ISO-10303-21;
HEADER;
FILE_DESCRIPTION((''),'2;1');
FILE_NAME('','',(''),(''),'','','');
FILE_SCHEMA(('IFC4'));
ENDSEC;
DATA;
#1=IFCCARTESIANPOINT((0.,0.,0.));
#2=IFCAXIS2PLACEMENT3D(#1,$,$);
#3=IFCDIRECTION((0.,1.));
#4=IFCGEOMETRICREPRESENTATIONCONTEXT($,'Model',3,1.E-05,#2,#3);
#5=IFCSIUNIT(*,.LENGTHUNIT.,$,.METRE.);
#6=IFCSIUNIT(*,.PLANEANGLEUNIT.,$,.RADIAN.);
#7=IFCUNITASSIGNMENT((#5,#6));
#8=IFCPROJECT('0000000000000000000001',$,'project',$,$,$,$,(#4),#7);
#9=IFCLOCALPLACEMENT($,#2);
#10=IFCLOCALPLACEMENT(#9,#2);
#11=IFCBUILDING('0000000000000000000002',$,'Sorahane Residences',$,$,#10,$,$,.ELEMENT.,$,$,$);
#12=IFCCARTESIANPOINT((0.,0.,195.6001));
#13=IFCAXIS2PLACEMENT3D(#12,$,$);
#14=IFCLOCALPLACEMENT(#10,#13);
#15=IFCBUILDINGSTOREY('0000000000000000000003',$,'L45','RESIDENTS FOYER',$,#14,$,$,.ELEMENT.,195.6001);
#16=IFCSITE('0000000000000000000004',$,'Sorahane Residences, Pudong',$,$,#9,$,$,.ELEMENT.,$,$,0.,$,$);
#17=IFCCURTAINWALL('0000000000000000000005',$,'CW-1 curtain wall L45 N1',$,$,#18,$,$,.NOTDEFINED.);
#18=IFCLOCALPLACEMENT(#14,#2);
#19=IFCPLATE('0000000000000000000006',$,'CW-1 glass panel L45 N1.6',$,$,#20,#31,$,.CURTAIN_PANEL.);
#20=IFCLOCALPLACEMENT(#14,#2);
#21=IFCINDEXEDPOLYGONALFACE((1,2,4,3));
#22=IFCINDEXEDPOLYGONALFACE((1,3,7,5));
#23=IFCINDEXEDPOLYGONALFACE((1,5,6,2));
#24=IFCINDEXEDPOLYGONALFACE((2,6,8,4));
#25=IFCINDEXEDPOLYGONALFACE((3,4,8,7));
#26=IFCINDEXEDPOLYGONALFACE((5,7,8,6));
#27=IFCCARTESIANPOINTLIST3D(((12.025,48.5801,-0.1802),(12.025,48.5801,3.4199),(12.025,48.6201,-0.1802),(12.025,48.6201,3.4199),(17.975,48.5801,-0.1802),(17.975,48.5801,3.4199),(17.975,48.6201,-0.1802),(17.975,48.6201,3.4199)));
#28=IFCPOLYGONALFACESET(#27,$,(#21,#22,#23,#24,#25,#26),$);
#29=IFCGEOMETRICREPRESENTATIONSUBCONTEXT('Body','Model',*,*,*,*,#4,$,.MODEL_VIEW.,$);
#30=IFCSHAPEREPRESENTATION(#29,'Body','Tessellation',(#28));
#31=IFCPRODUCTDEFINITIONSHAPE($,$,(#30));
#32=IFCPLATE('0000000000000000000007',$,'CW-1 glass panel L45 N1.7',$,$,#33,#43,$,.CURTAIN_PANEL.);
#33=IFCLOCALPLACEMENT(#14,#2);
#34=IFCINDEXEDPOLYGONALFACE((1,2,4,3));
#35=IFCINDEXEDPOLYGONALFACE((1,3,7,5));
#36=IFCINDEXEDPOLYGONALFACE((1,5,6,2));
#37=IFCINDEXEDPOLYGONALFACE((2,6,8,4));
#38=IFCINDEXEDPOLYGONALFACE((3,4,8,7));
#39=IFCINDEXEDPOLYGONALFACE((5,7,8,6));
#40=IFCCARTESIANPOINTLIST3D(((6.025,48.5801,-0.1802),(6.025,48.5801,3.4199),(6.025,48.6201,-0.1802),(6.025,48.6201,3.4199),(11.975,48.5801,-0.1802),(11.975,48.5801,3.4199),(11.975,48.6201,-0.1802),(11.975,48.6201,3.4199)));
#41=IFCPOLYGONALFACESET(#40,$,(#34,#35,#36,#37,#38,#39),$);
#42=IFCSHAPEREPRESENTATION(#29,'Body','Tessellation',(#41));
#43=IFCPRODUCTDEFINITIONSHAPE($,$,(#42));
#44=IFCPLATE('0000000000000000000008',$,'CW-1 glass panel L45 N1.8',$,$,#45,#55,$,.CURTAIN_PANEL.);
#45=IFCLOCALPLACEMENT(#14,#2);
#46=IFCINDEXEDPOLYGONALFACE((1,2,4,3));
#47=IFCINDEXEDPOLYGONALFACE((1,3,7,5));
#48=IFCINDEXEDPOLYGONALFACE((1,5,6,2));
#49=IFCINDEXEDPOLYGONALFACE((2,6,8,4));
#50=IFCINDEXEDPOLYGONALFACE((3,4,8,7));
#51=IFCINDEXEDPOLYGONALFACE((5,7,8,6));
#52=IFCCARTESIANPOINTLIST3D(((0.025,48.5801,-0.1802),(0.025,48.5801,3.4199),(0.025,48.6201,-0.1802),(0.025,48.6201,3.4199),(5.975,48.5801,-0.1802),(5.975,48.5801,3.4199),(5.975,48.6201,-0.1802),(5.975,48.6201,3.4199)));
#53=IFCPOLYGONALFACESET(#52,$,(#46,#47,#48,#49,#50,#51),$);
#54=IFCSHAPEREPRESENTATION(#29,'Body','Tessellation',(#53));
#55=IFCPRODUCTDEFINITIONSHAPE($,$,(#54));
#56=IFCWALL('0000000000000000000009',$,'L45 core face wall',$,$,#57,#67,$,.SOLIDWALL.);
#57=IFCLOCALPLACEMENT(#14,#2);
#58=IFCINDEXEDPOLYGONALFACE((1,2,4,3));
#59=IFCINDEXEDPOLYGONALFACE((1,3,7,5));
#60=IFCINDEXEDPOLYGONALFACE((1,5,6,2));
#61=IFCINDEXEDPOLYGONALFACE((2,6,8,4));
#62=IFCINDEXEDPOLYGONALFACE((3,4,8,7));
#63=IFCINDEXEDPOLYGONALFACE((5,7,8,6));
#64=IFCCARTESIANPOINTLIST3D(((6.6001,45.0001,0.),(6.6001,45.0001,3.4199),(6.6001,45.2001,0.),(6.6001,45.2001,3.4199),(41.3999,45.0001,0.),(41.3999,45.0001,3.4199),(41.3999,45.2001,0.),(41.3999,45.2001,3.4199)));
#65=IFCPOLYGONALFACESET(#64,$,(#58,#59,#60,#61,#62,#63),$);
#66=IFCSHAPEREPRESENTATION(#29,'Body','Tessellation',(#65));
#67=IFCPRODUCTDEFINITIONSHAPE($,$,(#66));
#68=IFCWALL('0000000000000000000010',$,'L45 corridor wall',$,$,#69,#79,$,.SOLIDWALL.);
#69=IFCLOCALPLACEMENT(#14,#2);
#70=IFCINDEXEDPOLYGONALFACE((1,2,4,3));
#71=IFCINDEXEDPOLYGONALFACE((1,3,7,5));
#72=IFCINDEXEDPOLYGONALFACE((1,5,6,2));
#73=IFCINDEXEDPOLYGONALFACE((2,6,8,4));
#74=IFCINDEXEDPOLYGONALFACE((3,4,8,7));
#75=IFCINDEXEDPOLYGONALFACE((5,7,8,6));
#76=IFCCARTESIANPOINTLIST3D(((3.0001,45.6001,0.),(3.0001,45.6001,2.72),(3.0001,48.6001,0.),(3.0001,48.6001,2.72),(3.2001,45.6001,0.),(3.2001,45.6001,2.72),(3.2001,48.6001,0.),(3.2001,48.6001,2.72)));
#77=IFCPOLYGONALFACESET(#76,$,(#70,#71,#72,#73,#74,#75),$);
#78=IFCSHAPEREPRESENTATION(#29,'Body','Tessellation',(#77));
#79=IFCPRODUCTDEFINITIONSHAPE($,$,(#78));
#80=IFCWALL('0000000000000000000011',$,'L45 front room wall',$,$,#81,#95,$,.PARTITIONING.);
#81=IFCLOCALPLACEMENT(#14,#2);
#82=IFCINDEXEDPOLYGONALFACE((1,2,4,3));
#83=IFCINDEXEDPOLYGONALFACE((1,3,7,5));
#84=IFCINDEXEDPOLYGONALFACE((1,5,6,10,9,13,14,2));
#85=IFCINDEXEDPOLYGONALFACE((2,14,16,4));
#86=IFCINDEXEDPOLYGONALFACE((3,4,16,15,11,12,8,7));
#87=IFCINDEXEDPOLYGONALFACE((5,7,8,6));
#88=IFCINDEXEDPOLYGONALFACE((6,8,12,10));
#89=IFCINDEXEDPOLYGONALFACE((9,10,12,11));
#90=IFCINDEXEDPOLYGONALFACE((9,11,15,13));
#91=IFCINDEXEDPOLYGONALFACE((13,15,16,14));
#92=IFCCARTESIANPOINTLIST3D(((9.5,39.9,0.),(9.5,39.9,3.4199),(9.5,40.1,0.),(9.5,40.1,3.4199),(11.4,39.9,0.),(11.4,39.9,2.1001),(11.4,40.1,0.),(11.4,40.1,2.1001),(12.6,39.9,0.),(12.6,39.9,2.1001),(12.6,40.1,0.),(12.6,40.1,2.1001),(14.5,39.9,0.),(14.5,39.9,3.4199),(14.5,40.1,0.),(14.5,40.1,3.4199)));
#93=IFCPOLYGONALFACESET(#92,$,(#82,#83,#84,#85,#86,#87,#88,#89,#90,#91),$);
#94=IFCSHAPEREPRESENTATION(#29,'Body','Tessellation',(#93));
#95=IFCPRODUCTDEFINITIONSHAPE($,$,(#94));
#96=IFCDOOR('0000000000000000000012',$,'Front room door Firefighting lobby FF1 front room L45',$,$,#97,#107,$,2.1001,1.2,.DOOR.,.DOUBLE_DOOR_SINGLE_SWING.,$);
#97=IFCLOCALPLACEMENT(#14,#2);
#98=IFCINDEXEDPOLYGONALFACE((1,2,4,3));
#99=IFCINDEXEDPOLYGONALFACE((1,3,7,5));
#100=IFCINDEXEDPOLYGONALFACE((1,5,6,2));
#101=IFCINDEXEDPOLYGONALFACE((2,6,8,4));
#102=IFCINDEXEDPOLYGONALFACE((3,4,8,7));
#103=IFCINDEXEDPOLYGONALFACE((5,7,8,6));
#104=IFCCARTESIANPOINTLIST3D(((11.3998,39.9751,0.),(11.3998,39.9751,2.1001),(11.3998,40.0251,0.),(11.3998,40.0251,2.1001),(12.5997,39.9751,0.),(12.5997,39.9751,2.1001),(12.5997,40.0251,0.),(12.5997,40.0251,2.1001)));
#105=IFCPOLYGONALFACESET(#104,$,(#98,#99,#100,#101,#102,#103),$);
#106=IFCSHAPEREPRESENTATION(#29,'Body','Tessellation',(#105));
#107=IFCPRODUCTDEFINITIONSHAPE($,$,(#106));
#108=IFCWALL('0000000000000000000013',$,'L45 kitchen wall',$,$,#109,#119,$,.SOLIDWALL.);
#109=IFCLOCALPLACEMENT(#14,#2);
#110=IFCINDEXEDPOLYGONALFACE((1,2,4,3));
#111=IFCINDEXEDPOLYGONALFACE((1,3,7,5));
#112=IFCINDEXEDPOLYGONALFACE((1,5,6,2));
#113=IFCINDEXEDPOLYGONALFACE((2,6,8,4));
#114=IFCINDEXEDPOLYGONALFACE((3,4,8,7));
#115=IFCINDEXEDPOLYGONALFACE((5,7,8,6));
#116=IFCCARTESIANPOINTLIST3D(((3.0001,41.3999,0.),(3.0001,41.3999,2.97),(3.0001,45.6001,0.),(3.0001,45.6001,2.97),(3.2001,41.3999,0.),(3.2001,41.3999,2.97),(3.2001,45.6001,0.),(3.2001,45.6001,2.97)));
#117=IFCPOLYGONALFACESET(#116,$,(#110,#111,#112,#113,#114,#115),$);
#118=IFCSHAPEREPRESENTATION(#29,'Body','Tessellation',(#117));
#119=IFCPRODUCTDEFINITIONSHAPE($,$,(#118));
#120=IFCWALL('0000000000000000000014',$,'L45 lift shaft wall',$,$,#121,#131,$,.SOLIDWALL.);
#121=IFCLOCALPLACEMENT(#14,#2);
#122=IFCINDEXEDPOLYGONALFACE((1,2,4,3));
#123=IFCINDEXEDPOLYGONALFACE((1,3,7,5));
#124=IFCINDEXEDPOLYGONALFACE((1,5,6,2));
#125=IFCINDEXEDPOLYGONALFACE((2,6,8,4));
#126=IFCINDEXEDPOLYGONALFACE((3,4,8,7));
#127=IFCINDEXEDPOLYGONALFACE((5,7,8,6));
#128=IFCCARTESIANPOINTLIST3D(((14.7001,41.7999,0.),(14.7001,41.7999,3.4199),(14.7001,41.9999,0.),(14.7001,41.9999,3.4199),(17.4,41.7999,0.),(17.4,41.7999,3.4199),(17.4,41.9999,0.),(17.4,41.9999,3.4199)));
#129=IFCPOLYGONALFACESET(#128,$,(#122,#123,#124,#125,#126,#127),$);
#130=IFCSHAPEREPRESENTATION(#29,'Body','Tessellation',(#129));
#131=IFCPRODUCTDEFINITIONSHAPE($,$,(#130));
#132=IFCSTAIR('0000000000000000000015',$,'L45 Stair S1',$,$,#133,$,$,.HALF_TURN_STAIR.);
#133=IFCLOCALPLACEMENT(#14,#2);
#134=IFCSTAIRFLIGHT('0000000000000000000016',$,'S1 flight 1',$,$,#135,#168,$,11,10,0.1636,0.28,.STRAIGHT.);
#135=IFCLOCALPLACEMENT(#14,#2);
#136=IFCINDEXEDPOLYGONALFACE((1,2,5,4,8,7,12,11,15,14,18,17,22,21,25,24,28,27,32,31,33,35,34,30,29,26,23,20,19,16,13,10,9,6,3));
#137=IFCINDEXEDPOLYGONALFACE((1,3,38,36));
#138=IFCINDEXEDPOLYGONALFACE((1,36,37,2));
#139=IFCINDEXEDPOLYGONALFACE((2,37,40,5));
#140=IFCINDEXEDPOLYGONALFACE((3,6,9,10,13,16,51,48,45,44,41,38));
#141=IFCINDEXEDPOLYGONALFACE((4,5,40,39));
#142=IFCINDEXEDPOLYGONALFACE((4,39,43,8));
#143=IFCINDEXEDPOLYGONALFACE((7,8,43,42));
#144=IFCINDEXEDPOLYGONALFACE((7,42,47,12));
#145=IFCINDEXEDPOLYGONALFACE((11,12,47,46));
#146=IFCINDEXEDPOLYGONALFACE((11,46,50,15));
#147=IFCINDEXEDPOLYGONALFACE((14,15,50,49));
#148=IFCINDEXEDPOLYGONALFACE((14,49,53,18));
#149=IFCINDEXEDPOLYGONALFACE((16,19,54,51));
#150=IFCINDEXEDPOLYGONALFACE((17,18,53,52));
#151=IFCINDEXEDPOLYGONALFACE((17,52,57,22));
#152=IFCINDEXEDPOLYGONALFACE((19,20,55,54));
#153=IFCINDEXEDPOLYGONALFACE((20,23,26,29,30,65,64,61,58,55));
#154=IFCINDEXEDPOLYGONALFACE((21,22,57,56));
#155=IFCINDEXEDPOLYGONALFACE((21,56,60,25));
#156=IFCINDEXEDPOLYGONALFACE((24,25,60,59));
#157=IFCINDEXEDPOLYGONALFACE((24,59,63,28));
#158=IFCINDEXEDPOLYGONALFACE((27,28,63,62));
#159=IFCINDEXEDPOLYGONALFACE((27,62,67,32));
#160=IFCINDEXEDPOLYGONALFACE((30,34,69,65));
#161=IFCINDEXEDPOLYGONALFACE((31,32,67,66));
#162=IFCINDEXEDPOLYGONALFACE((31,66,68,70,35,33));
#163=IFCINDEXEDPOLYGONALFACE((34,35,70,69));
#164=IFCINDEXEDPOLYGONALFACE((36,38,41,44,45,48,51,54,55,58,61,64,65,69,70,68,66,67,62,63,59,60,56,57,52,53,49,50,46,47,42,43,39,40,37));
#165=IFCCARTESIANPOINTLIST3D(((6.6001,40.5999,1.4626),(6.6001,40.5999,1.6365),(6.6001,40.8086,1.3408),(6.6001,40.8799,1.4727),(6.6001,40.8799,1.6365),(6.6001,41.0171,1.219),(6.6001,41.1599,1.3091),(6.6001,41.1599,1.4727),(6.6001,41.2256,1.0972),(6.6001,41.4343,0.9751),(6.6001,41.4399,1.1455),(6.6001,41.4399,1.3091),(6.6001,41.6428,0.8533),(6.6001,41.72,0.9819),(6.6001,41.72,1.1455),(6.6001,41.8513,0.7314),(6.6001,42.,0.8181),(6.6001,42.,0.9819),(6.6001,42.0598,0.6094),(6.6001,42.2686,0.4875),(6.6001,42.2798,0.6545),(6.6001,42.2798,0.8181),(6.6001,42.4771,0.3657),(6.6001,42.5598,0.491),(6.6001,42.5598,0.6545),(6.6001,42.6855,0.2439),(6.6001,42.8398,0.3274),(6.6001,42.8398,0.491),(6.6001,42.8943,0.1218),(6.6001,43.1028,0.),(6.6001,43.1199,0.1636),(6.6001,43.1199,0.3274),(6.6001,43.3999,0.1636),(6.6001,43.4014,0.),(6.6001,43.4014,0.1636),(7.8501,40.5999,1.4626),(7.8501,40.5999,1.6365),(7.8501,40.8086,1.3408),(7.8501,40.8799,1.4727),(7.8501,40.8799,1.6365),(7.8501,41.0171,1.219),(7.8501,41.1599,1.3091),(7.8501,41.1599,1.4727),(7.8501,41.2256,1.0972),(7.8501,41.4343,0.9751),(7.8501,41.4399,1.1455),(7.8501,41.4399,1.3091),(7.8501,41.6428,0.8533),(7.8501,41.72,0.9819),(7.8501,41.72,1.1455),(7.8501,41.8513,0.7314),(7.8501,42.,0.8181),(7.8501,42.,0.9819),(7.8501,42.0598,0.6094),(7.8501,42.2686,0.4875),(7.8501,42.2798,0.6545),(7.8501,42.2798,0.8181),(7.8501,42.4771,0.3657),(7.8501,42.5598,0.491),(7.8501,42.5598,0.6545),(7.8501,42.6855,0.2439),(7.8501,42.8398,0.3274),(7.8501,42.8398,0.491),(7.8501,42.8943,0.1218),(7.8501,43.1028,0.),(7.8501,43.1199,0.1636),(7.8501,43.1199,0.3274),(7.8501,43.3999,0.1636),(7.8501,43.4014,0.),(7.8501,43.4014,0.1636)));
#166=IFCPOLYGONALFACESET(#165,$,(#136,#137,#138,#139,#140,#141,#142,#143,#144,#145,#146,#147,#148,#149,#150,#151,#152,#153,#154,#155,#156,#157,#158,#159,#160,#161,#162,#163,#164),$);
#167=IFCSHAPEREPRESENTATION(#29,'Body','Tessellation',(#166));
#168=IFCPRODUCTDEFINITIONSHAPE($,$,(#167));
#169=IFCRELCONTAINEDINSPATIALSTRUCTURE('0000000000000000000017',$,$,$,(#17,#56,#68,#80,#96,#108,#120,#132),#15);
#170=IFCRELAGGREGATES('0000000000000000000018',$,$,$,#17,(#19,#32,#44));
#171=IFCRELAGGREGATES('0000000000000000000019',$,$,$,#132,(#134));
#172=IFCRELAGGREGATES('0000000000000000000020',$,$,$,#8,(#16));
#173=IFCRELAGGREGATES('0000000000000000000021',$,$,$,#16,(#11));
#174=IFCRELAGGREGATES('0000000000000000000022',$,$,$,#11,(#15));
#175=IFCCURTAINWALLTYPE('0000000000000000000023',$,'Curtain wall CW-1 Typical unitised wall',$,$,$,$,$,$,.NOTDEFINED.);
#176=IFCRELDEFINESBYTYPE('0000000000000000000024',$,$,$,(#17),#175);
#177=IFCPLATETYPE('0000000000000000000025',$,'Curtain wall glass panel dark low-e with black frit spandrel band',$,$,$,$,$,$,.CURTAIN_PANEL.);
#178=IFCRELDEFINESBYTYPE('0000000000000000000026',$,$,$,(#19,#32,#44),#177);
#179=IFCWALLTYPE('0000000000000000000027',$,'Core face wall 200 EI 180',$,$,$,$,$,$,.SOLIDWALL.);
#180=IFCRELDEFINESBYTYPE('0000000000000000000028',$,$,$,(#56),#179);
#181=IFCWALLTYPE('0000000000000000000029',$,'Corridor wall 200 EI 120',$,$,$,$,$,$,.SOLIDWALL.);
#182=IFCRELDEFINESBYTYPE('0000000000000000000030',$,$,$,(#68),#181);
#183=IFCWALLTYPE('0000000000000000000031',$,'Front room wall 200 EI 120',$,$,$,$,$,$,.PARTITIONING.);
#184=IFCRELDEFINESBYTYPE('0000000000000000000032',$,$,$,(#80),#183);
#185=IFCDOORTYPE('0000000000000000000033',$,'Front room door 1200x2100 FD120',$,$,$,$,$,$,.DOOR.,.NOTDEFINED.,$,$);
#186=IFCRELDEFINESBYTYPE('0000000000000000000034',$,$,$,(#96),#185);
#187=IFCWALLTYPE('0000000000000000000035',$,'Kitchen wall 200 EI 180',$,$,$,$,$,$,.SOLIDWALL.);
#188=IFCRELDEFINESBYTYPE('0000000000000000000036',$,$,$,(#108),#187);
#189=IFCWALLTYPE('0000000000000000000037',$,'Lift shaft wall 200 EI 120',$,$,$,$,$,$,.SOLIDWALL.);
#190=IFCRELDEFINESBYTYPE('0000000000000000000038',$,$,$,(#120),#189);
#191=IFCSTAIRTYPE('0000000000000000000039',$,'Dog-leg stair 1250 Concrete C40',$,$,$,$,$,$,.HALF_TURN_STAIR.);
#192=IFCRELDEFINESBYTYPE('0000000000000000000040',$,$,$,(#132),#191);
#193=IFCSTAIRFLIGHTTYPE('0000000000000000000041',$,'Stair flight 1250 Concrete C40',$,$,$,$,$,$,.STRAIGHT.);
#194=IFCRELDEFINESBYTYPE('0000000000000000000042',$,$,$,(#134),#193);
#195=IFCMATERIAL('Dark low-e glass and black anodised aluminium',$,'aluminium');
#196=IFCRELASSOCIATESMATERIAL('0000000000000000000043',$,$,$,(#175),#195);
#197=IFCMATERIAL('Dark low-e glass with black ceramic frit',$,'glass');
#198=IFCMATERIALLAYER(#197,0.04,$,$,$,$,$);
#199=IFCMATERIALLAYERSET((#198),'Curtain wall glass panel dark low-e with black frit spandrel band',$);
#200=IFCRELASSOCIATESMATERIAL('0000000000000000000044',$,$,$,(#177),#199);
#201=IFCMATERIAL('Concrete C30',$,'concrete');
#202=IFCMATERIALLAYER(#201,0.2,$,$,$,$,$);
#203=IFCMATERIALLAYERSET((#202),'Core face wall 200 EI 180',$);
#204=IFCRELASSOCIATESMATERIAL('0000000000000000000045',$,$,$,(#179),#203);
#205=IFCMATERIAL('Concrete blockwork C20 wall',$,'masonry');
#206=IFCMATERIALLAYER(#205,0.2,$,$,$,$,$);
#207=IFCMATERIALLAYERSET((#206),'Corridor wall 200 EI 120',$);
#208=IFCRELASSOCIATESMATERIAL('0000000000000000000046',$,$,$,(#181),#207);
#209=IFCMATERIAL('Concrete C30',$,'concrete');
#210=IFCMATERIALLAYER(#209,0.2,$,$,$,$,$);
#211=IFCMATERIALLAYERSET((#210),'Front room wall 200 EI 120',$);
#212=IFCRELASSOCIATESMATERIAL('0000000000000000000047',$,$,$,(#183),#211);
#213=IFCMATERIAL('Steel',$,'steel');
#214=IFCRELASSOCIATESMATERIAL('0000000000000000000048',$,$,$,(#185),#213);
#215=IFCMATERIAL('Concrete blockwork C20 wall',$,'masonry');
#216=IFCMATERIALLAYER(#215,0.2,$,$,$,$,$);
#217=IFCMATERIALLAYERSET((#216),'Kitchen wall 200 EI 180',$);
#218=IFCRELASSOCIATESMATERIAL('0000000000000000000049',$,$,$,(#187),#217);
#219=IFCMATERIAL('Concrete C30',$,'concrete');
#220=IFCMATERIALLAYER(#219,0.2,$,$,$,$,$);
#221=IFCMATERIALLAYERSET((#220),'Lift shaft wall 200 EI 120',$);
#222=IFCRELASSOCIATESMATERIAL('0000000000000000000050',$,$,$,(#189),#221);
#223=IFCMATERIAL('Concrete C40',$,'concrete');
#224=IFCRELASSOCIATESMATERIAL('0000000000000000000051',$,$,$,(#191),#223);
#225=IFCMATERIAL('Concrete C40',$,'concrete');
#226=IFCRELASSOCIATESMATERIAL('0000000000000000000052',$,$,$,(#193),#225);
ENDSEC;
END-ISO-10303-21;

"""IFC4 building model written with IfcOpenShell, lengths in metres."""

from ifc_helpers import new_model, si_unit, direction, frame, frame_2d, origin, origin_2d, place, context, subcontext, project, spatial, polyline, rectangle, outline, extrude, material, layer, layer_set, type_object, element, fill, aggregate, save


model = new_model("IFC4")

# Units and contexts
model_context = context("Model", 3, precision=1e-05, world=origin(), true_north=direction((0.0, 1.0)))
body_context = subcontext(model_context, "Body", "Model", "MODEL_VIEW")
ifc_project = project(units=[si_unit("LENGTHUNIT", "METRE"), si_unit("PLANEANGLEUNIT", "RADIAN")], contexts=[model_context])

# Site, building, storey
site_placement = place(None, origin())
site = spatial("IfcSite", under=ifc_project, at=site_placement, Name="Sorahane Residences, Pudong", CompositionType="ELEMENT", RefElevation=0.0)
building_placement = place(site_placement, origin())
building = spatial("IfcBuilding", under=site, at=building_placement, Name="Sorahane Residences", CompositionType="ELEMENT")
storey_placement = place(building_placement, frame((0.0, 0.0, 195.6001)))
storey = spatial("IfcBuildingStorey", under=building, at=storey_placement, Name="L45", Description="RESIDENTS FOYER", CompositionType="ELEMENT", Elevation=195.6001)

# Curtain wall
ifc_material_1 = material(Name="Dark low-e glass and black anodised aluminium", Category="aluminium")
curtain_wall_type = type_object("IfcCurtainWallType", Name="Curtain wall CW-1 Typical unitised wall", PredefinedType="NOTDEFINED", material=ifc_material_1)
curtain_wall_placement = place(storey_placement, origin())
curtain_wall = element("IfcCurtainWall", 1, at=curtain_wall_placement, inside=storey, type_object=curtain_wall_type, Name="CW-1 curtain wall L45 N1", PredefinedType="NOTDEFINED")

# Plates
ifc_material_2 = material(Name="Dark low-e glass with black ceramic frit", Category="glass")
ifc_layer_1 = layer(ifc_material_2, 0.04)
ifc_layer_set_1 = layer_set([ifc_layer_1], Name="Curtain wall glass panel dark low-e with black frit spandrel band")
plate_type = type_object("IfcPlateType", Name="Curtain wall glass panel dark low-e with black frit spandrel band", PredefinedType="CURTAIN_PANEL", material=ifc_layer_set_1)
plate_1_placement = place(storey_placement, frame((15.0, 48.6001, -0.1802), z_axis=(0.0, 0.0, 1.0), x_axis=(-1.0, 0.0, 0.0)))
plate_1 = element("IfcPlate", 2, at=plate_1_placement, type_object=plate_type, Name="CW-1 glass panel L45 N1.6", PredefinedType="CURTAIN_PANEL", context=body_context, shape_type="SweptSolid", body=[
    extrude(rectangle(XDim=5.95, YDim=0.04, at=origin_2d()), origin(), (0.0, 0.0, 1.0), 3.6001),
])
plate_2_placement = place(storey_placement, frame((9.0, 48.6001, -0.1802), z_axis=(0.0, 0.0, 1.0), x_axis=(-1.0, 0.0, 0.0)))
plate_2 = element("IfcPlate", 3, at=plate_2_placement, type_object=plate_type, Name="CW-1 glass panel L45 N1.7", PredefinedType="CURTAIN_PANEL", context=body_context, shape_type="SweptSolid", body=[
    extrude(rectangle(XDim=5.95, YDim=0.04, at=origin_2d()), origin(), (0.0, 0.0, 1.0), 3.6001),
])
plate_3_placement = place(storey_placement, frame((3.0, 48.6001, -0.1802), z_axis=(0.0, 0.0, 1.0), x_axis=(-1.0, 0.0, 0.0)))
plate_3 = element("IfcPlate", 4, at=plate_3_placement, type_object=plate_type, Name="CW-1 glass panel L45 N1.8", PredefinedType="CURTAIN_PANEL", context=body_context, shape_type="SweptSolid", body=[
    extrude(rectangle(XDim=5.95, YDim=0.04, at=origin_2d()), origin(), (0.0, 0.0, 1.0), 3.6001),
])
aggregate(curtain_wall, [plate_1, plate_2, plate_3])

# Walls
ifc_material_3 = material(Name="Concrete C30", Category="concrete")
ifc_layer_2 = layer(ifc_material_3, 0.2)
ifc_layer_set_2 = layer_set([ifc_layer_2], Name="Core face wall 200 EI 180")
wall_type_1 = type_object("IfcWallType", Name="Core face wall 200 EI 180", PredefinedType="SOLIDWALL", material=ifc_layer_set_2)
wall_1_placement = place(storey_placement, frame((6.6001, 45.1001, 0.0), z_axis=(0.0, 0.0, 1.0), x_axis=(1.0, 0.0, 0.0)))
element("IfcWall", 5, at=wall_1_placement, inside=storey, type_object=wall_type_1, Name="L45 core face wall", PredefinedType="SOLIDWALL", context=body_context, shape_type="SweptSolid", body=[
    extrude(rectangle(XDim=34.7998, YDim=0.2, at=frame_2d((17.3999, 0.0))), origin(), (0.0, 0.0, 1.0), 3.4199),
])
ifc_material_4 = material(Name="Concrete blockwork C20 wall", Category="masonry")
ifc_layer_3 = layer(ifc_material_4, 0.2)
ifc_layer_set_3 = layer_set([ifc_layer_3], Name="Corridor wall 200 EI 120")
wall_type_2 = type_object("IfcWallType", Name="Corridor wall 200 EI 120", PredefinedType="SOLIDWALL", material=ifc_layer_set_3)
wall_2_placement = place(storey_placement, frame((3.1001, 45.6001, 0.0), z_axis=(0.0, 0.0, 1.0), x_axis=(0.0, 1.0, 0.0)))
element("IfcWall", 6, at=wall_2_placement, inside=storey, type_object=wall_type_2, Name="L45 corridor wall", PredefinedType="SOLIDWALL", context=body_context, shape_type="SweptSolid", body=[
    extrude(rectangle(XDim=3.0, YDim=0.2, at=frame_2d((1.5, 0.0))), origin(), (0.0, 0.0, 1.0), 2.72),
])

# Wall, opening, door
ifc_material_5 = material(Name="Concrete C30", Category="concrete")
ifc_layer_4 = layer(ifc_material_5, 0.2)
ifc_layer_set_4 = layer_set([ifc_layer_4], Name="Front room wall 200 EI 120")
wall_type_3 = type_object("IfcWallType", Name="Front room wall 200 EI 120", PredefinedType="PARTITIONING", material=ifc_layer_set_4)
wall_3_placement = place(storey_placement, frame((9.5, 40.0, 0.0), z_axis=(0.0, 0.0, 1.0), x_axis=(1.0, 0.0, 0.0)))
wall_3 = element("IfcWall", 7, at=wall_3_placement, inside=storey, type_object=wall_type_3, Name="L45 front room wall", PredefinedType="PARTITIONING", context=body_context, shape_type="SweptSolid", body=[
    extrude(rectangle(XDim=5.0, YDim=0.2, at=frame_2d((2.5, 0.0))), origin(), (0.0, 0.0, 1.0), 3.4199),
])
opening_placement = place(wall_3_placement, frame((1.8999, 0.0, 0.0)))
opening = element("IfcOpeningElement", 8, at=opening_placement, cuts=wall_3, PredefinedType="OPENING", context=body_context, shape_type="SweptSolid", body=[
    extrude(rectangle(XDim=1.2, YDim=2.1001, at=frame_2d((0.6001, 1.05))), frame((0.0, 0.1099, 0.0), z_axis=(0.0, -1.0, 0.0), x_axis=(1.0, 0.0, 0.0)), (0.0, 0.0, 1.0), 0.22),
])
ifc_material_6 = material(Name="Steel", Category="steel")
door_type = type_object("IfcDoorType", Name="Front room door 1200x2100 FD120", OperationType="NOTDEFINED", PredefinedType="DOOR", material=ifc_material_6)
door_placement = place(opening_placement, frame((1.2, 0.0, 0.0), z_axis=(0.0, 0.0, 1.0), x_axis=(-1.0, 0.0, 0.0)))
door = element("IfcDoor", 9, at=door_placement, inside=storey, type_object=door_type, Name="Front room door Firefighting lobby FF1 front room L45", OperationType="DOUBLE_DOOR_SINGLE_SWING", OverallHeight=2.1001, OverallWidth=1.2, PredefinedType="DOOR", context=body_context, shape_type="SweptSolid", body=[
    extrude(rectangle(XDim=1.2, YDim=2.1001, at=frame_2d((0.6001, 1.05))), frame((0.0, 0.0249, 0.0), z_axis=(0.0, -1.0, 0.0), x_axis=(1.0, 0.0, 0.0)), (0.0, 0.0, 1.0), 0.05),
])
fill(opening, door)

# Walls
ifc_material_7 = material(Name="Concrete blockwork C20 wall", Category="masonry")
ifc_layer_5 = layer(ifc_material_7, 0.2)
ifc_layer_set_5 = layer_set([ifc_layer_5], Name="Kitchen wall 200 EI 180")
wall_type_4 = type_object("IfcWallType", Name="Kitchen wall 200 EI 180", PredefinedType="SOLIDWALL", material=ifc_layer_set_5)
wall_4_placement = place(storey_placement, frame((3.1001, 41.3999, 0.0), z_axis=(0.0, 0.0, 1.0), x_axis=(0.0, 1.0, 0.0)))
element("IfcWall", 10, at=wall_4_placement, inside=storey, type_object=wall_type_4, Name="L45 kitchen wall", PredefinedType="SOLIDWALL", context=body_context, shape_type="SweptSolid", body=[
    extrude(rectangle(XDim=4.2002, YDim=0.2, at=frame_2d((2.1001, 0.0))), origin(), (0.0, 0.0, 1.0), 2.97),
])
ifc_material_8 = material(Name="Concrete C30", Category="concrete")
ifc_layer_6 = layer(ifc_material_8, 0.2)
ifc_layer_set_6 = layer_set([ifc_layer_6], Name="Lift shaft wall 200 EI 120")
wall_type_5 = type_object("IfcWallType", Name="Lift shaft wall 200 EI 120", PredefinedType="SOLIDWALL", material=ifc_layer_set_6)
wall_5_placement = place(storey_placement, frame((14.7, 41.8999, 0.0), z_axis=(0.0, 0.0, 1.0), x_axis=(1.0, 0.0, 0.0)))
element("IfcWall", 11, at=wall_5_placement, inside=storey, type_object=wall_type_5, Name="L45 lift shaft wall", PredefinedType="SOLIDWALL", context=body_context, shape_type="SweptSolid", body=[
    extrude(rectangle(XDim=2.7, YDim=0.2, at=frame_2d((1.3501, 0.0))), origin(), (0.0, 0.0, 1.0), 3.4199),
])

# Stair, stair flight
ifc_material_9 = material(Name="Concrete C40", Category="concrete")
stair_type = type_object("IfcStairType", Name="Dog-leg stair 1250 Concrete C40", PredefinedType="HALF_TURN_STAIR", material=ifc_material_9)
stair_placement = place(storey_placement, origin())
stair = element("IfcStair", 12, at=stair_placement, inside=storey, type_object=stair_type, Name="L45 Stair S1", PredefinedType="HALF_TURN_STAIR")
ifc_material_10 = material(Name="Concrete C40", Category="concrete")
stair_flight_type = type_object("IfcStairFlightType", Name="Stair flight 1250 Concrete C40", PredefinedType="STRAIGHT", material=ifc_material_10)
stair_flight_1_placement = place(storey_placement, frame((7.2251, 43.3999, 0.0), z_axis=(0.0, 0.0, 1.0), x_axis=(0.0, -1.0, 0.0)))
stair_flight_1 = element("IfcStairFlight", 13, at=stair_flight_1_placement, type_object=stair_flight_type, Name="S1 flight 1", NumberOfRisers=11, NumberOfTreads=10, PredefinedType="STRAIGHT", RiserHeight=0.1636, TreadLength=0.28, context=body_context, shape_type="SweptSolid", body=[
    extrude(outline(polyline([(-0.0015, 0.0), (-0.0015, 0.1636), (0.0, 0.1636), (0.28, 0.1636), (0.28, 0.3274), (0.5601, 0.3274), (0.5601, 0.491), (0.8401, 0.491), (0.8401, 0.6545), (1.1201, 0.6545), (1.1201, 0.8181), (1.3999, 0.8181), (1.3999, 0.9819), (1.6799, 0.9819), (1.6799, 1.1455), (1.96, 1.1455), (1.96, 1.3091), (2.24, 1.3091), (2.24, 1.4727), (2.52, 1.4727), (2.52, 1.6365), (2.8, 1.6365), (2.8, 1.8), (2.8, 1.4626), (2.5913, 1.3408), (2.3828, 1.219), (2.1743, 1.0972), (1.9656, 0.9751), (1.7571, 0.8533), (1.5486, 0.7314), (1.3401, 0.6094), (1.1313, 0.4875), (0.9229, 0.3657), (0.7144, 0.2439), (0.5056, 0.1218), (0.2971, 0.0), (-0.0015, 0.0)])), frame((0.0, 0.625, 0.0), z_axis=(0.0, -1.0, 0.0), x_axis=(1.0, 0.0, 0.0)), (0.0, 0.0, 1.0), 1.25),
])
aggregate(stair, [stair_flight_1])

save(model, "model.ifc")
